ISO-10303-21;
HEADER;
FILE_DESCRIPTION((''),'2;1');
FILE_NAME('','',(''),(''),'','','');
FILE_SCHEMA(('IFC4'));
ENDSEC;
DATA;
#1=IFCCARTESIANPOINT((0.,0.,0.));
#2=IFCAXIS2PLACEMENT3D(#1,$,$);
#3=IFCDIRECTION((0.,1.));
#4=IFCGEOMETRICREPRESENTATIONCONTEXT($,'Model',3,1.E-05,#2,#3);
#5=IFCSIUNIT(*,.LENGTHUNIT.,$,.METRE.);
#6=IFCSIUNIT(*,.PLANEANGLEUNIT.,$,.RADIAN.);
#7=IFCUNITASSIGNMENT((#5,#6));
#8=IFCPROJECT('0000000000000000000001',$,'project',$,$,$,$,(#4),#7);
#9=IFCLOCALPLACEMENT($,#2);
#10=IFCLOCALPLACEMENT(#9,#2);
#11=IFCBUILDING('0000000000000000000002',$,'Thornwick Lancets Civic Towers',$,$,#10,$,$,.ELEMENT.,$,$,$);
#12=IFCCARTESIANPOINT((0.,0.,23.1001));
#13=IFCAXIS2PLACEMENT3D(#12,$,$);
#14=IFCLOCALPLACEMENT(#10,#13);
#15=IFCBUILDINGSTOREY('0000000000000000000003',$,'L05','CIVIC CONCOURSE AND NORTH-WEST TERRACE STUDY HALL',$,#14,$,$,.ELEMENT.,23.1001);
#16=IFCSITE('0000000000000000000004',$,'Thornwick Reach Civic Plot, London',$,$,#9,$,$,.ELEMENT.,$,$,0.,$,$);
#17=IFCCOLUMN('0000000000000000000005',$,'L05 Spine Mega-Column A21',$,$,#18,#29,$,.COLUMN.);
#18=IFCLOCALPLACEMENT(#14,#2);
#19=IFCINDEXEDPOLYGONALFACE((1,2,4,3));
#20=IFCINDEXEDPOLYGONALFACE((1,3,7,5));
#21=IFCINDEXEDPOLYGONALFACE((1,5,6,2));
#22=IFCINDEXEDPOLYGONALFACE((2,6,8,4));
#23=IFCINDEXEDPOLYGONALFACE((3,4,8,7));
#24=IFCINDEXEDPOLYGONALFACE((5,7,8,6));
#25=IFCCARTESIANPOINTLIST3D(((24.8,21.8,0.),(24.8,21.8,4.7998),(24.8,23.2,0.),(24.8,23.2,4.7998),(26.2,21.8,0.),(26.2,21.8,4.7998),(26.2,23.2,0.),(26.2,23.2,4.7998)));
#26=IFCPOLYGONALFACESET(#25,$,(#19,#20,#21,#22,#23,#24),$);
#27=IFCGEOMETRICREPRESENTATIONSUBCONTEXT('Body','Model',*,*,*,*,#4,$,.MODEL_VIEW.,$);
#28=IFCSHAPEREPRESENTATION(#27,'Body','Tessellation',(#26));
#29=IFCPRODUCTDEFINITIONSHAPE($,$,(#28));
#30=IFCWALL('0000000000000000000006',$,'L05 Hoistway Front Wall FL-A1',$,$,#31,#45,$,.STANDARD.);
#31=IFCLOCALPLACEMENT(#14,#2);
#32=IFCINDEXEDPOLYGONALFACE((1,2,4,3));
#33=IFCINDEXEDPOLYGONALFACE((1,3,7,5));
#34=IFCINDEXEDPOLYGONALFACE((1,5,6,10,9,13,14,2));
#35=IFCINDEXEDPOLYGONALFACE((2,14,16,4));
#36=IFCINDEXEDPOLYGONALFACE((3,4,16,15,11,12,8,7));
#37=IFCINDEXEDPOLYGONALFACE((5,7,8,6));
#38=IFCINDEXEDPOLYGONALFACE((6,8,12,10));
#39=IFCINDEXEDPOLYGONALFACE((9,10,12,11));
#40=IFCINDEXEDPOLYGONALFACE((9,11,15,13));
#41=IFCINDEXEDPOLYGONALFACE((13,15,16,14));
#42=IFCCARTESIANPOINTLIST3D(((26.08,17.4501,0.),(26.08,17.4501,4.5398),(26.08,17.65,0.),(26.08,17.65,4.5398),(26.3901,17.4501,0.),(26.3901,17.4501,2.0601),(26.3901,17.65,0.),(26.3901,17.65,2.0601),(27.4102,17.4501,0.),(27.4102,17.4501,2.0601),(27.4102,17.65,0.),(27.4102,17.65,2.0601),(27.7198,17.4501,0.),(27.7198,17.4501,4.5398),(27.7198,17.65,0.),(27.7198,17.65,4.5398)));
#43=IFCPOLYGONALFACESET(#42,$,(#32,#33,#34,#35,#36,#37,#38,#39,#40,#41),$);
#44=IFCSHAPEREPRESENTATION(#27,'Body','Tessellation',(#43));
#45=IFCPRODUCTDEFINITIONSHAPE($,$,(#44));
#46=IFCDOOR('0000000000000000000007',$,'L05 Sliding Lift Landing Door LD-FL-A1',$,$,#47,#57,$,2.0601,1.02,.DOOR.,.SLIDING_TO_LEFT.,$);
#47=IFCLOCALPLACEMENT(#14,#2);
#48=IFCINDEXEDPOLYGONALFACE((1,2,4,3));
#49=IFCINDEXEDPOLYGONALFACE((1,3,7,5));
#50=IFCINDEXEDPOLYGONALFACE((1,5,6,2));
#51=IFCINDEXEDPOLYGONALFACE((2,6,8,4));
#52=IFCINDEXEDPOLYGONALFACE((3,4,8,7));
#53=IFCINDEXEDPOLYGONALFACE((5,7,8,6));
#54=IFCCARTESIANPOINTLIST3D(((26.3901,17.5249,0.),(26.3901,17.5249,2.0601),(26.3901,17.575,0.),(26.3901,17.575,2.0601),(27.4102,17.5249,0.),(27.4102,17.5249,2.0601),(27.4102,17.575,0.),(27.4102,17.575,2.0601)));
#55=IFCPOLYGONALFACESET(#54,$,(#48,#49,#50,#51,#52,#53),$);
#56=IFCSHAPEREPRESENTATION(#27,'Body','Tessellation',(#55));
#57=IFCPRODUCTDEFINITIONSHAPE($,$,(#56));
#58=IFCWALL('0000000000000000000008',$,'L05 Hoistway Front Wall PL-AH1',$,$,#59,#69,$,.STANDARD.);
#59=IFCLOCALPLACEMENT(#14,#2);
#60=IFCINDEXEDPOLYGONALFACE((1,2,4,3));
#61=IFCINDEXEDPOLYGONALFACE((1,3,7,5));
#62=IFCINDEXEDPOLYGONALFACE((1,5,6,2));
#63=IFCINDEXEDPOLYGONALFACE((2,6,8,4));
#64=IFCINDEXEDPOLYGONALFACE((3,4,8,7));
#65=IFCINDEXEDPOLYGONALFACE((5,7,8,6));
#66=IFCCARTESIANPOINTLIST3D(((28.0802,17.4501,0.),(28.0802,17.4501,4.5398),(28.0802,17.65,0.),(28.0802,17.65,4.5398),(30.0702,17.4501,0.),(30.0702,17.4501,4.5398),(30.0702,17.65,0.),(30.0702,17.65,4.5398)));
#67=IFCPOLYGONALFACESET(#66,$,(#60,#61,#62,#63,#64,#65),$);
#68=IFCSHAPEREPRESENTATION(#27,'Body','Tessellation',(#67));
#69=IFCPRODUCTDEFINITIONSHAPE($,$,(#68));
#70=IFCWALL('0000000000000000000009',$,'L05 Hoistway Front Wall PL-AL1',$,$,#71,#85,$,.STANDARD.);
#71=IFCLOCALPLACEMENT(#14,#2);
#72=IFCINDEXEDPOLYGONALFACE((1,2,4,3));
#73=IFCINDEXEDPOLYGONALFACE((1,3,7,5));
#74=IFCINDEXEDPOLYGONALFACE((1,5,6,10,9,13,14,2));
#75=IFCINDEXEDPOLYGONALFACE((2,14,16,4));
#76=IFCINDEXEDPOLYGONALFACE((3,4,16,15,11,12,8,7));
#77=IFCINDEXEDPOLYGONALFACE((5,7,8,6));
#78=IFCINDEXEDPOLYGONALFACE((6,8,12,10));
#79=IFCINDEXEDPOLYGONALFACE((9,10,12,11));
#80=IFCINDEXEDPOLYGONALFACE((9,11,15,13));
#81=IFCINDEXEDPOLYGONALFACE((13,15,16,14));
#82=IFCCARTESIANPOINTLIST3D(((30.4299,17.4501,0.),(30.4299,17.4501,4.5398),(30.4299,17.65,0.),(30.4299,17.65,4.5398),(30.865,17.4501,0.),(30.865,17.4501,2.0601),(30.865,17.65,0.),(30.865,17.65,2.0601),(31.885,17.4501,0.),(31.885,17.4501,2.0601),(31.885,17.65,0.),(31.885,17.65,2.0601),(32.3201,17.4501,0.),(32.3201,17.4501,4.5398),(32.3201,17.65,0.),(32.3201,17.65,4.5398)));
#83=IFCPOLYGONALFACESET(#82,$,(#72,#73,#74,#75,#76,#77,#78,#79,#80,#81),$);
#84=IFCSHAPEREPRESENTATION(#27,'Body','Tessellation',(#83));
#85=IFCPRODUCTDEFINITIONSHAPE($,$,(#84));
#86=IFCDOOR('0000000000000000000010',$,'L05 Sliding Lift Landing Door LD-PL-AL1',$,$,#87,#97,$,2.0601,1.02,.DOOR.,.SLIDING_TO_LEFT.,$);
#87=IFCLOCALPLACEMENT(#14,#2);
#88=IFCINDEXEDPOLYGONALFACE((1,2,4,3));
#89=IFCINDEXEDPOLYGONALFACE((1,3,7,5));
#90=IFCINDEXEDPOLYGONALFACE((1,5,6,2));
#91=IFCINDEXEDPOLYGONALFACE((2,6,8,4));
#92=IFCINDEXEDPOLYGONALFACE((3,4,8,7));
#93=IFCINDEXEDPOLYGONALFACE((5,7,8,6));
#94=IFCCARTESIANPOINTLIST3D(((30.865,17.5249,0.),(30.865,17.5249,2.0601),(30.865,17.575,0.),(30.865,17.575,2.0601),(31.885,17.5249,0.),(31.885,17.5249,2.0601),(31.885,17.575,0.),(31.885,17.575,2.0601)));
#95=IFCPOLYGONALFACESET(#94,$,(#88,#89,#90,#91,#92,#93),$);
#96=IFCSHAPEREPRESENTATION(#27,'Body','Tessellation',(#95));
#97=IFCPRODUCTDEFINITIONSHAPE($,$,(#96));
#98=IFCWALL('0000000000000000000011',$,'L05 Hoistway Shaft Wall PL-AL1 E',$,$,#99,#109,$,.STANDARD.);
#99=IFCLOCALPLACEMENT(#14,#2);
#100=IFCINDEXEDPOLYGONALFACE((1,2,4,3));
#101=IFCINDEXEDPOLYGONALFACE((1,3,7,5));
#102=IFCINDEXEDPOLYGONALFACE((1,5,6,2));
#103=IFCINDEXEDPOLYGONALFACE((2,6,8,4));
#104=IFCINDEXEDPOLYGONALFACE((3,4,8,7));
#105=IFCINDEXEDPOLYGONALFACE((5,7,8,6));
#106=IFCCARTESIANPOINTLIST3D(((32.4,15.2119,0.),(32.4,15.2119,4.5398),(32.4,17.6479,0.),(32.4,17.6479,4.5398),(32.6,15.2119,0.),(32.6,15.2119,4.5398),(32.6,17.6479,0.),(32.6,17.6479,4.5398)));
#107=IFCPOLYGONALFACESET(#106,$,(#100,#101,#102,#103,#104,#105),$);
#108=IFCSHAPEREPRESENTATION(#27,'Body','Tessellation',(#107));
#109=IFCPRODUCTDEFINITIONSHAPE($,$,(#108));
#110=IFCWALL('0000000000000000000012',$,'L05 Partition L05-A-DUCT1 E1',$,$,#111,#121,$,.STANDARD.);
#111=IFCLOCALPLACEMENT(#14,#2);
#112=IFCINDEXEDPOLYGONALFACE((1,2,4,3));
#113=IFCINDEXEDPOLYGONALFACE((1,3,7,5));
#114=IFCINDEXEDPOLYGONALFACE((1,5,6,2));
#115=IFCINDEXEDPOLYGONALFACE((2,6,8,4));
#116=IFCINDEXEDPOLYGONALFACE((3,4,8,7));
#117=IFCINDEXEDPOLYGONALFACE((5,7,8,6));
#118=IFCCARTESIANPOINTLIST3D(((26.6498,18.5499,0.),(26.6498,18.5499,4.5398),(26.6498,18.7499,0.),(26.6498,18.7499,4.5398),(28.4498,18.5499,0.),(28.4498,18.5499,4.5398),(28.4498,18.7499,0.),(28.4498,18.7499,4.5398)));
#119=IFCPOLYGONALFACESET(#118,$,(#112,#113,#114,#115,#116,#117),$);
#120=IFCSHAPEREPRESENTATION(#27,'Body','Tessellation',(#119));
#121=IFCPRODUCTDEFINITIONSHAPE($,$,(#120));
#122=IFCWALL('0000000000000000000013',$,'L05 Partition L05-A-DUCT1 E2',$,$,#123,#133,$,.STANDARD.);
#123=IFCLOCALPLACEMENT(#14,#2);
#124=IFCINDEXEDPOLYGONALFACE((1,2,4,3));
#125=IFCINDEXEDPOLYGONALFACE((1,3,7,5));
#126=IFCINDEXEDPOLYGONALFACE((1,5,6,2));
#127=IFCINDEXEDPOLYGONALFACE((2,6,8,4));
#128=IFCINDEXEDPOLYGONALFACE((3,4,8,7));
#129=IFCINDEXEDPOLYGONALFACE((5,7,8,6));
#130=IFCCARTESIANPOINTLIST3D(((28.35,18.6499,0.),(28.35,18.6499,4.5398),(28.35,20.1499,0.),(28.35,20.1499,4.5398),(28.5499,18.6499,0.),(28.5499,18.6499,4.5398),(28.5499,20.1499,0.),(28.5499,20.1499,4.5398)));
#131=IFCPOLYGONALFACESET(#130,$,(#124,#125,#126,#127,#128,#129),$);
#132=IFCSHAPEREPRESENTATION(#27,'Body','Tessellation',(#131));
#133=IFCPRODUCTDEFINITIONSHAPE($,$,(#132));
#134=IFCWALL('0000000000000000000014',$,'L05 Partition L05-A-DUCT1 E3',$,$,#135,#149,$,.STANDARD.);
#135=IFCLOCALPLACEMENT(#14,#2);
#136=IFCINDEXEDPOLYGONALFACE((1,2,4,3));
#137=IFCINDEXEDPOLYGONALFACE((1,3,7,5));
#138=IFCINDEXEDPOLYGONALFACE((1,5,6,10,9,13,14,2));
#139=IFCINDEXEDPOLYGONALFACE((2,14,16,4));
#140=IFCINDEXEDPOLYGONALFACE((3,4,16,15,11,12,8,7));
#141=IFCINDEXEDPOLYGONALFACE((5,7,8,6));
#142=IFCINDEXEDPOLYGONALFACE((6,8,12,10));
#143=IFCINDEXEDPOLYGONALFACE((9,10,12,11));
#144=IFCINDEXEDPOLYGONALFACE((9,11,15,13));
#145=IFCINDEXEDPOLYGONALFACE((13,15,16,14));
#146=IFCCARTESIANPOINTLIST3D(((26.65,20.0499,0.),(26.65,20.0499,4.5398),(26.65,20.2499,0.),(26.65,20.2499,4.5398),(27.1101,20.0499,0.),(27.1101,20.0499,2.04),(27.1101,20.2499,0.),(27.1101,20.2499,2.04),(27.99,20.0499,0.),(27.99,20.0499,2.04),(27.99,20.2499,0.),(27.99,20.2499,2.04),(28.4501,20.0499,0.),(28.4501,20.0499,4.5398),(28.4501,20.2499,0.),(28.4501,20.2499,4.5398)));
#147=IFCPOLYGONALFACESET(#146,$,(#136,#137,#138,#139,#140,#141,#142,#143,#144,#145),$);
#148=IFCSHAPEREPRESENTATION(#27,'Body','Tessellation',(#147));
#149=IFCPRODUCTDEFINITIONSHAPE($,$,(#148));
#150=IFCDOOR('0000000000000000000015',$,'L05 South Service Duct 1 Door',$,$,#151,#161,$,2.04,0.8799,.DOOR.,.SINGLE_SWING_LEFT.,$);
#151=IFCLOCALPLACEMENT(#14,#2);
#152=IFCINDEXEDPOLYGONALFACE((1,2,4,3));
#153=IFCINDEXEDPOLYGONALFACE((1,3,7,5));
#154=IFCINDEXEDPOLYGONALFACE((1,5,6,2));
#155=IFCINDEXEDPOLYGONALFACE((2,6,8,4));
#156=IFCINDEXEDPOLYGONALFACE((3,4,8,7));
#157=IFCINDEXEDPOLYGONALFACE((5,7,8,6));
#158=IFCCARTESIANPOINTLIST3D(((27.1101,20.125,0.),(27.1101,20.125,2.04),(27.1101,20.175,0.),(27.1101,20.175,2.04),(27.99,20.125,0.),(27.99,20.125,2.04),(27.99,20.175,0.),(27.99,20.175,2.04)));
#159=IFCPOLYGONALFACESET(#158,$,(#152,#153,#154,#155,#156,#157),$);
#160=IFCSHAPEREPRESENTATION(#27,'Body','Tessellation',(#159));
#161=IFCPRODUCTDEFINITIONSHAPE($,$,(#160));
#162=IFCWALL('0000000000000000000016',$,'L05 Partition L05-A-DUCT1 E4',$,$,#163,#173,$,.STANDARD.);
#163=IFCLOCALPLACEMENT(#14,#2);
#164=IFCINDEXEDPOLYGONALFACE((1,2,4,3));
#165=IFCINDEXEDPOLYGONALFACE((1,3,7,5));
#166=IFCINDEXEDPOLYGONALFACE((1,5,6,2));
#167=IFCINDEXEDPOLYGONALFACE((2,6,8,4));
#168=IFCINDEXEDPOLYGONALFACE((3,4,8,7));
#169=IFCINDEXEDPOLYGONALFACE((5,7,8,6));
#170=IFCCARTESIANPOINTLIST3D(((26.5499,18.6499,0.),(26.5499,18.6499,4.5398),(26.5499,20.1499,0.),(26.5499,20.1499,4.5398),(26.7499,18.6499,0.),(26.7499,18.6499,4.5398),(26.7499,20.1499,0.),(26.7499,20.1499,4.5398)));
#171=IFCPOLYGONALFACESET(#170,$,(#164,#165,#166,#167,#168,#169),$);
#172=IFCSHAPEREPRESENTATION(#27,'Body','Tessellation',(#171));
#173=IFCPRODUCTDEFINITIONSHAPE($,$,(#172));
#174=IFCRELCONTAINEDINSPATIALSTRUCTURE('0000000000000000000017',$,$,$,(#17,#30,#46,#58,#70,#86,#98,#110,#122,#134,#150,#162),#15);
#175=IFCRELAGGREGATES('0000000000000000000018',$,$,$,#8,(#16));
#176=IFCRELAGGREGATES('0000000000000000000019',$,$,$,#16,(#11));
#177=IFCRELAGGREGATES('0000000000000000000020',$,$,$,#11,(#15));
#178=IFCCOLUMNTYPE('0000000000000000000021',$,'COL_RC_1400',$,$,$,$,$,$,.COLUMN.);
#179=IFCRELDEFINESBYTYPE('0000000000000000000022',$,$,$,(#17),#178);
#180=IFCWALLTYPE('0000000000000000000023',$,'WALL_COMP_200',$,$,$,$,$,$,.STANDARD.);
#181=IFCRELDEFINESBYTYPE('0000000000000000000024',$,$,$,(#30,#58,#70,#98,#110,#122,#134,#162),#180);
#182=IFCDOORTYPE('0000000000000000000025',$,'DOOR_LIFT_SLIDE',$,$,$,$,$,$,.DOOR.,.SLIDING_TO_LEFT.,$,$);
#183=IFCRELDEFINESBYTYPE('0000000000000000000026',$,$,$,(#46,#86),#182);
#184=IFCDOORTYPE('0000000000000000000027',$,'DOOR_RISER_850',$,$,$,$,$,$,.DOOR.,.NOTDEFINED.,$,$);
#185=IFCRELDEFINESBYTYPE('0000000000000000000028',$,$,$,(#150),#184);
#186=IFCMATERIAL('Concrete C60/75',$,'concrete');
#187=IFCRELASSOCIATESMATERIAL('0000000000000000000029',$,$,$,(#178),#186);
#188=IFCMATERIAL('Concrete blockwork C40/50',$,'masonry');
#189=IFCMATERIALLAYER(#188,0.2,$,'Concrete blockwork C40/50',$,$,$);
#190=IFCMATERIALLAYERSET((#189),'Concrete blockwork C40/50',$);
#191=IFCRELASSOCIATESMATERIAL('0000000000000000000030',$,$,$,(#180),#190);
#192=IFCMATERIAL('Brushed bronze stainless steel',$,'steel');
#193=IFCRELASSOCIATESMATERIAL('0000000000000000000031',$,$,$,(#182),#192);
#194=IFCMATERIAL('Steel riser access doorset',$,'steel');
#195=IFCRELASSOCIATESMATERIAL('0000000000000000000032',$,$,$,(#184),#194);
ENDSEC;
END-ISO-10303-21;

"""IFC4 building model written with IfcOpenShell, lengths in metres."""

from ifc_helpers import new_model, si_unit, direction, frame, frame_2d, origin, origin_2d, place, context, subcontext, project, spatial, rectangle, extrude, material, layer, layer_set, material_profile, profile_set, type_object, element, fill, save


model = new_model("IFC4")

# Units and contexts
model_context = context("Model", 3, precision=1e-05, world=origin(), true_north=direction((0.0, 1.0)))
body_context = subcontext(model_context, "Body", "Model", "MODEL_VIEW")
ifc_project = project(units=[si_unit("LENGTHUNIT", "METRE"), si_unit("PLANEANGLEUNIT", "RADIAN")], contexts=[model_context])

# Site, building, storey
site_placement = place(None, origin())
site = spatial("IfcSite", under=ifc_project, at=site_placement, Name="Thornwick Reach Civic Plot, London", CompositionType="ELEMENT", RefElevation=0.0)
building_placement = place(site_placement, origin())
building = spatial("IfcBuilding", under=site, at=building_placement, Name="Thornwick Lancets Civic Towers", CompositionType="ELEMENT")
storey_placement = place(building_placement, frame((0.0, 0.0, 23.1001)))
storey = spatial("IfcBuildingStorey", under=building, at=storey_placement, Name="L05", Description="CIVIC CONCOURSE AND NORTH-WEST TERRACE STUDY HALL", CompositionType="ELEMENT", Elevation=23.1001)

# Column
ifc_material_1 = material(Name="Concrete C60/75", Category="concrete")
ifc_material_profile = material_profile(ifc_material_1, rectangle(XDim=1.3999, YDim=1.3999, at=origin_2d()), Name="RC 1400x1400")
ifc_profile_set = profile_set([ifc_material_profile], Name="Concrete C60/75")
column_type = type_object("IfcColumnType", Name="COL_RC_1400", PredefinedType="COLUMN", material=ifc_profile_set)
column_placement = place(storey_placement, frame((25.5, 22.5, 0.0), z_axis=(0.0, 0.0, 1.0), x_axis=(1.0, 0.0, 0.0)))
element("IfcColumn", 1, at=column_placement, inside=storey, type_object=column_type, Name="L05 Spine Mega-Column A21", PredefinedType="COLUMN", context=body_context, shape_type="SweptSolid", body=[
    extrude(rectangle(XDim=1.3999, YDim=1.3999, at=origin_2d()), origin(), (0.0, 0.0, 1.0), 4.7998),
])

# Wall, opening, door
ifc_material_2 = material(Name="Concrete blockwork C40/50", Category="masonry")
ifc_layer_1 = layer(ifc_material_2, 0.2, Name="Concrete blockwork C40/50")
ifc_layer_set_1 = layer_set([ifc_layer_1], Name="Concrete blockwork C40/50")
wall_type_1 = type_object("IfcWallType", Name="WALL_COMP_200", PredefinedType="STANDARD", material=ifc_layer_set_1)
wall_1_placement = place(storey_placement, frame((26.0801, 17.55, 0.0), z_axis=(0.0, 0.0, 1.0), x_axis=(1.0, 0.0, 0.0)))
wall_1 = element("IfcWall", 2, at=wall_1_placement, inside=storey, type_object=wall_type_1, Name="L05 Hoistway Front Wall FL-A1", PredefinedType="STANDARD", context=body_context, shape_type="SweptSolid", body=[
    extrude(rectangle(XDim=1.6399, YDim=0.2, at=frame_2d((0.8198, 0.0))), origin(), (0.0, 0.0, 1.0), 4.5398),
])
opening_1_placement = place(wall_1_placement, frame((0.3101, 0.0, 0.0)))
opening_1 = element("IfcOpeningElement", 3, at=opening_1_placement, cuts=wall_1, PredefinedType="OPENING", context=body_context, shape_type="SweptSolid", body=[
    extrude(rectangle(XDim=1.02, YDim=2.0601, at=frame_2d((0.51, 1.03))), frame((0.0, 0.1099, 0.0), z_axis=(0.0, -1.0, 0.0), x_axis=(1.0, 0.0, 0.0)), (0.0, 0.0, 1.0), 0.22),
])
ifc_material_3 = material(Name="Brushed bronze stainless steel", Category="steel")
door_type_1 = type_object("IfcDoorType", Name="DOOR_LIFT_SLIDE", OperationType="SLIDING_TO_LEFT", PredefinedType="DOOR", material=ifc_material_3)
door_1_placement = place(opening_1_placement, origin())
door_1 = element("IfcDoor", 4, at=door_1_placement, inside=storey, type_object=door_type_1, Name="L05 Sliding Lift Landing Door LD-FL-A1", OperationType="SLIDING_TO_LEFT", OverallHeight=2.0601, OverallWidth=1.02, PredefinedType="DOOR", context=body_context, shape_type="SweptSolid", body=[
    extrude(rectangle(XDim=1.02, YDim=2.0601, at=frame_2d((0.51, 1.03))), frame((0.0, 0.0249, 0.0), z_axis=(0.0, -1.0, 0.0), x_axis=(1.0, 0.0, 0.0)), (0.0, 0.0, 1.0), 0.05),
])
fill(opening_1, door_1)

# Wall
wall_2_placement = place(storey_placement, frame((28.0801, 17.55, 0.0), z_axis=(0.0, 0.0, 1.0), x_axis=(1.0, 0.0, 0.0)))
element("IfcWall", 5, at=wall_2_placement, inside=storey, type_object=wall_type_1, Name="L05 Hoistway Front Wall PL-AH1", PredefinedType="STANDARD", context=body_context, shape_type="SweptSolid", body=[
    extrude(rectangle(XDim=1.99, YDim=0.2, at=frame_2d((0.9951, 0.0))), origin(), (0.0, 0.0, 1.0), 4.5398),
])

# Wall, opening, door
wall_3_placement = place(storey_placement, frame((30.4299, 17.55, 0.0), z_axis=(0.0, 0.0, 1.0), x_axis=(1.0, 0.0, 0.0)))
wall_3 = element("IfcWall", 6, at=wall_3_placement, inside=storey, type_object=wall_type_1, Name="L05 Hoistway Front Wall PL-AL1", PredefinedType="STANDARD", context=body_context, shape_type="SweptSolid", body=[
    extrude(rectangle(XDim=1.8901, YDim=0.2, at=frame_2d((0.9451, 0.0))), origin(), (0.0, 0.0, 1.0), 4.5398),
])
opening_2_placement = place(wall_3_placement, frame((0.4351, 0.0, 0.0)))
opening_2 = element("IfcOpeningElement", 7, at=opening_2_placement, cuts=wall_3, PredefinedType="OPENING", context=body_context, shape_type="SweptSolid", body=[
    extrude(rectangle(XDim=1.02, YDim=2.0601, at=frame_2d((0.51, 1.03))), frame((0.0, 0.1099, 0.0), z_axis=(0.0, -1.0, 0.0), x_axis=(1.0, 0.0, 0.0)), (0.0, 0.0, 1.0), 0.22),
])
door_2_placement = place(opening_2_placement, origin())
door_2 = element("IfcDoor", 8, at=door_2_placement, inside=storey, type_object=door_type_1, Name="L05 Sliding Lift Landing Door LD-PL-AL1", OperationType="SLIDING_TO_LEFT", OverallHeight=2.0601, OverallWidth=1.02, PredefinedType="DOOR", context=body_context, shape_type="SweptSolid", body=[
    extrude(rectangle(XDim=1.02, YDim=2.0601, at=frame_2d((0.51, 1.03))), frame((0.0, 0.0249, 0.0), z_axis=(0.0, -1.0, 0.0), x_axis=(1.0, 0.0, 0.0)), (0.0, 0.0, 1.0), 0.05),
])
fill(opening_2, door_2)

# Walls
wall_4_placement = place(storey_placement, frame((32.5, 15.2119, 0.0), z_axis=(0.0, 0.0, 1.0), x_axis=(0.0, 1.0, 0.0)))
element("IfcWall", 9, at=wall_4_placement, inside=storey, type_object=wall_type_1, Name="L05 Hoistway Shaft Wall PL-AL1 E", PredefinedType="STANDARD", context=body_context, shape_type="SweptSolid", body=[
    extrude(rectangle(XDim=2.436, YDim=0.2, at=frame_2d((1.218, 0.0))), origin(), (0.0, 0.0, 1.0), 4.5398),
])
wall_5_placement = place(storey_placement, frame((26.6499, 18.6499, 0.0), z_axis=(0.0, 0.0, 1.0), x_axis=(1.0, 0.0, 0.0)))
element("IfcWall", 10, at=wall_5_placement, inside=storey, type_object=wall_type_1, Name="L05 Partition L05-A-DUCT1 E1", PredefinedType="STANDARD", context=body_context, shape_type="SweptSolid", body=[
    extrude(rectangle(XDim=1.8, YDim=0.2, at=frame_2d((0.8999, 0.0))), origin(), (0.0, 0.0, 1.0), 4.5398),
])
wall_6_placement = place(storey_placement, frame((28.45, 18.6499, 0.0), z_axis=(0.0, 0.0, 1.0), x_axis=(0.0, 1.0, 0.0)))
element("IfcWall", 11, at=wall_6_placement, inside=storey, type_object=wall_type_1, Name="L05 Partition L05-A-DUCT1 E2", PredefinedType="STANDARD", context=body_context, shape_type="SweptSolid", body=[
    extrude(rectangle(XDim=1.5, YDim=0.2, at=frame_2d((0.75, 0.0))), origin(), (0.0, 0.0, 1.0), 4.5398),
])

# Wall, opening, door
wall_7_placement = place(storey_placement, frame((28.45, 20.1499, 0.0), z_axis=(0.0, 0.0, 1.0), x_axis=(-1.0, 0.0, 0.0)))
wall_7 = element("IfcWall", 12, at=wall_7_placement, inside=storey, type_object=wall_type_1, Name="L05 Partition L05-A-DUCT1 E3", PredefinedType="STANDARD", context=body_context, shape_type="SweptSolid", body=[
    extrude(rectangle(XDim=1.8, YDim=0.2, at=frame_2d((0.8999, 0.0))), origin(), (0.0, 0.0, 1.0), 4.5398),
])
opening_3_placement = place(wall_7_placement, frame((0.46, 0.0, 0.0)))
opening_3 = element("IfcOpeningElement", 13, at=opening_3_placement, cuts=wall_7, PredefinedType="OPENING", context=body_context, shape_type="SweptSolid", body=[
    extrude(rectangle(XDim=0.8799, YDim=2.04, at=frame_2d((0.4399, 1.02))), frame((0.0, 0.1099, 0.0), z_axis=(0.0, -1.0, 0.0), x_axis=(1.0, 0.0, 0.0)), (0.0, 0.0, 1.0), 0.22),
])
ifc_material_4 = material(Name="Steel riser access doorset", Category="steel")
door_type_2 = type_object("IfcDoorType", Name="DOOR_RISER_850", OperationType="NOTDEFINED", PredefinedType="DOOR", material=ifc_material_4)
door_3_placement = place(opening_3_placement, origin())
door_3 = element("IfcDoor", 14, at=door_3_placement, inside=storey, type_object=door_type_2, Name="L05 South Service Duct 1 Door", OperationType="SINGLE_SWING_LEFT", OverallHeight=2.04, OverallWidth=0.8799, PredefinedType="DOOR", context=body_context, shape_type="SweptSolid", body=[
    extrude(rectangle(XDim=0.8799, YDim=2.04, at=frame_2d((0.4399, 1.02))), frame((0.0, 0.0249, 0.0), z_axis=(0.0, -1.0, 0.0), x_axis=(1.0, 0.0, 0.0)), (0.0, 0.0, 1.0), 0.05),
])
fill(opening_3, door_3)

# Wall
wall_8_placement = place(storey_placement, frame((26.6499, 20.1499, 0.0), z_axis=(0.0, 0.0, 1.0), x_axis=(0.0, -1.0, 0.0)))
element("IfcWall", 15, at=wall_8_placement, inside=storey, type_object=wall_type_1, Name="L05 Partition L05-A-DUCT1 E4", PredefinedType="STANDARD", context=body_context, shape_type="SweptSolid", body=[
    extrude(rectangle(XDim=1.5, YDim=0.2, at=frame_2d((0.75, 0.0))), origin(), (0.0, 0.0, 1.0), 4.5398),
])

save(model, "model.ifc")
